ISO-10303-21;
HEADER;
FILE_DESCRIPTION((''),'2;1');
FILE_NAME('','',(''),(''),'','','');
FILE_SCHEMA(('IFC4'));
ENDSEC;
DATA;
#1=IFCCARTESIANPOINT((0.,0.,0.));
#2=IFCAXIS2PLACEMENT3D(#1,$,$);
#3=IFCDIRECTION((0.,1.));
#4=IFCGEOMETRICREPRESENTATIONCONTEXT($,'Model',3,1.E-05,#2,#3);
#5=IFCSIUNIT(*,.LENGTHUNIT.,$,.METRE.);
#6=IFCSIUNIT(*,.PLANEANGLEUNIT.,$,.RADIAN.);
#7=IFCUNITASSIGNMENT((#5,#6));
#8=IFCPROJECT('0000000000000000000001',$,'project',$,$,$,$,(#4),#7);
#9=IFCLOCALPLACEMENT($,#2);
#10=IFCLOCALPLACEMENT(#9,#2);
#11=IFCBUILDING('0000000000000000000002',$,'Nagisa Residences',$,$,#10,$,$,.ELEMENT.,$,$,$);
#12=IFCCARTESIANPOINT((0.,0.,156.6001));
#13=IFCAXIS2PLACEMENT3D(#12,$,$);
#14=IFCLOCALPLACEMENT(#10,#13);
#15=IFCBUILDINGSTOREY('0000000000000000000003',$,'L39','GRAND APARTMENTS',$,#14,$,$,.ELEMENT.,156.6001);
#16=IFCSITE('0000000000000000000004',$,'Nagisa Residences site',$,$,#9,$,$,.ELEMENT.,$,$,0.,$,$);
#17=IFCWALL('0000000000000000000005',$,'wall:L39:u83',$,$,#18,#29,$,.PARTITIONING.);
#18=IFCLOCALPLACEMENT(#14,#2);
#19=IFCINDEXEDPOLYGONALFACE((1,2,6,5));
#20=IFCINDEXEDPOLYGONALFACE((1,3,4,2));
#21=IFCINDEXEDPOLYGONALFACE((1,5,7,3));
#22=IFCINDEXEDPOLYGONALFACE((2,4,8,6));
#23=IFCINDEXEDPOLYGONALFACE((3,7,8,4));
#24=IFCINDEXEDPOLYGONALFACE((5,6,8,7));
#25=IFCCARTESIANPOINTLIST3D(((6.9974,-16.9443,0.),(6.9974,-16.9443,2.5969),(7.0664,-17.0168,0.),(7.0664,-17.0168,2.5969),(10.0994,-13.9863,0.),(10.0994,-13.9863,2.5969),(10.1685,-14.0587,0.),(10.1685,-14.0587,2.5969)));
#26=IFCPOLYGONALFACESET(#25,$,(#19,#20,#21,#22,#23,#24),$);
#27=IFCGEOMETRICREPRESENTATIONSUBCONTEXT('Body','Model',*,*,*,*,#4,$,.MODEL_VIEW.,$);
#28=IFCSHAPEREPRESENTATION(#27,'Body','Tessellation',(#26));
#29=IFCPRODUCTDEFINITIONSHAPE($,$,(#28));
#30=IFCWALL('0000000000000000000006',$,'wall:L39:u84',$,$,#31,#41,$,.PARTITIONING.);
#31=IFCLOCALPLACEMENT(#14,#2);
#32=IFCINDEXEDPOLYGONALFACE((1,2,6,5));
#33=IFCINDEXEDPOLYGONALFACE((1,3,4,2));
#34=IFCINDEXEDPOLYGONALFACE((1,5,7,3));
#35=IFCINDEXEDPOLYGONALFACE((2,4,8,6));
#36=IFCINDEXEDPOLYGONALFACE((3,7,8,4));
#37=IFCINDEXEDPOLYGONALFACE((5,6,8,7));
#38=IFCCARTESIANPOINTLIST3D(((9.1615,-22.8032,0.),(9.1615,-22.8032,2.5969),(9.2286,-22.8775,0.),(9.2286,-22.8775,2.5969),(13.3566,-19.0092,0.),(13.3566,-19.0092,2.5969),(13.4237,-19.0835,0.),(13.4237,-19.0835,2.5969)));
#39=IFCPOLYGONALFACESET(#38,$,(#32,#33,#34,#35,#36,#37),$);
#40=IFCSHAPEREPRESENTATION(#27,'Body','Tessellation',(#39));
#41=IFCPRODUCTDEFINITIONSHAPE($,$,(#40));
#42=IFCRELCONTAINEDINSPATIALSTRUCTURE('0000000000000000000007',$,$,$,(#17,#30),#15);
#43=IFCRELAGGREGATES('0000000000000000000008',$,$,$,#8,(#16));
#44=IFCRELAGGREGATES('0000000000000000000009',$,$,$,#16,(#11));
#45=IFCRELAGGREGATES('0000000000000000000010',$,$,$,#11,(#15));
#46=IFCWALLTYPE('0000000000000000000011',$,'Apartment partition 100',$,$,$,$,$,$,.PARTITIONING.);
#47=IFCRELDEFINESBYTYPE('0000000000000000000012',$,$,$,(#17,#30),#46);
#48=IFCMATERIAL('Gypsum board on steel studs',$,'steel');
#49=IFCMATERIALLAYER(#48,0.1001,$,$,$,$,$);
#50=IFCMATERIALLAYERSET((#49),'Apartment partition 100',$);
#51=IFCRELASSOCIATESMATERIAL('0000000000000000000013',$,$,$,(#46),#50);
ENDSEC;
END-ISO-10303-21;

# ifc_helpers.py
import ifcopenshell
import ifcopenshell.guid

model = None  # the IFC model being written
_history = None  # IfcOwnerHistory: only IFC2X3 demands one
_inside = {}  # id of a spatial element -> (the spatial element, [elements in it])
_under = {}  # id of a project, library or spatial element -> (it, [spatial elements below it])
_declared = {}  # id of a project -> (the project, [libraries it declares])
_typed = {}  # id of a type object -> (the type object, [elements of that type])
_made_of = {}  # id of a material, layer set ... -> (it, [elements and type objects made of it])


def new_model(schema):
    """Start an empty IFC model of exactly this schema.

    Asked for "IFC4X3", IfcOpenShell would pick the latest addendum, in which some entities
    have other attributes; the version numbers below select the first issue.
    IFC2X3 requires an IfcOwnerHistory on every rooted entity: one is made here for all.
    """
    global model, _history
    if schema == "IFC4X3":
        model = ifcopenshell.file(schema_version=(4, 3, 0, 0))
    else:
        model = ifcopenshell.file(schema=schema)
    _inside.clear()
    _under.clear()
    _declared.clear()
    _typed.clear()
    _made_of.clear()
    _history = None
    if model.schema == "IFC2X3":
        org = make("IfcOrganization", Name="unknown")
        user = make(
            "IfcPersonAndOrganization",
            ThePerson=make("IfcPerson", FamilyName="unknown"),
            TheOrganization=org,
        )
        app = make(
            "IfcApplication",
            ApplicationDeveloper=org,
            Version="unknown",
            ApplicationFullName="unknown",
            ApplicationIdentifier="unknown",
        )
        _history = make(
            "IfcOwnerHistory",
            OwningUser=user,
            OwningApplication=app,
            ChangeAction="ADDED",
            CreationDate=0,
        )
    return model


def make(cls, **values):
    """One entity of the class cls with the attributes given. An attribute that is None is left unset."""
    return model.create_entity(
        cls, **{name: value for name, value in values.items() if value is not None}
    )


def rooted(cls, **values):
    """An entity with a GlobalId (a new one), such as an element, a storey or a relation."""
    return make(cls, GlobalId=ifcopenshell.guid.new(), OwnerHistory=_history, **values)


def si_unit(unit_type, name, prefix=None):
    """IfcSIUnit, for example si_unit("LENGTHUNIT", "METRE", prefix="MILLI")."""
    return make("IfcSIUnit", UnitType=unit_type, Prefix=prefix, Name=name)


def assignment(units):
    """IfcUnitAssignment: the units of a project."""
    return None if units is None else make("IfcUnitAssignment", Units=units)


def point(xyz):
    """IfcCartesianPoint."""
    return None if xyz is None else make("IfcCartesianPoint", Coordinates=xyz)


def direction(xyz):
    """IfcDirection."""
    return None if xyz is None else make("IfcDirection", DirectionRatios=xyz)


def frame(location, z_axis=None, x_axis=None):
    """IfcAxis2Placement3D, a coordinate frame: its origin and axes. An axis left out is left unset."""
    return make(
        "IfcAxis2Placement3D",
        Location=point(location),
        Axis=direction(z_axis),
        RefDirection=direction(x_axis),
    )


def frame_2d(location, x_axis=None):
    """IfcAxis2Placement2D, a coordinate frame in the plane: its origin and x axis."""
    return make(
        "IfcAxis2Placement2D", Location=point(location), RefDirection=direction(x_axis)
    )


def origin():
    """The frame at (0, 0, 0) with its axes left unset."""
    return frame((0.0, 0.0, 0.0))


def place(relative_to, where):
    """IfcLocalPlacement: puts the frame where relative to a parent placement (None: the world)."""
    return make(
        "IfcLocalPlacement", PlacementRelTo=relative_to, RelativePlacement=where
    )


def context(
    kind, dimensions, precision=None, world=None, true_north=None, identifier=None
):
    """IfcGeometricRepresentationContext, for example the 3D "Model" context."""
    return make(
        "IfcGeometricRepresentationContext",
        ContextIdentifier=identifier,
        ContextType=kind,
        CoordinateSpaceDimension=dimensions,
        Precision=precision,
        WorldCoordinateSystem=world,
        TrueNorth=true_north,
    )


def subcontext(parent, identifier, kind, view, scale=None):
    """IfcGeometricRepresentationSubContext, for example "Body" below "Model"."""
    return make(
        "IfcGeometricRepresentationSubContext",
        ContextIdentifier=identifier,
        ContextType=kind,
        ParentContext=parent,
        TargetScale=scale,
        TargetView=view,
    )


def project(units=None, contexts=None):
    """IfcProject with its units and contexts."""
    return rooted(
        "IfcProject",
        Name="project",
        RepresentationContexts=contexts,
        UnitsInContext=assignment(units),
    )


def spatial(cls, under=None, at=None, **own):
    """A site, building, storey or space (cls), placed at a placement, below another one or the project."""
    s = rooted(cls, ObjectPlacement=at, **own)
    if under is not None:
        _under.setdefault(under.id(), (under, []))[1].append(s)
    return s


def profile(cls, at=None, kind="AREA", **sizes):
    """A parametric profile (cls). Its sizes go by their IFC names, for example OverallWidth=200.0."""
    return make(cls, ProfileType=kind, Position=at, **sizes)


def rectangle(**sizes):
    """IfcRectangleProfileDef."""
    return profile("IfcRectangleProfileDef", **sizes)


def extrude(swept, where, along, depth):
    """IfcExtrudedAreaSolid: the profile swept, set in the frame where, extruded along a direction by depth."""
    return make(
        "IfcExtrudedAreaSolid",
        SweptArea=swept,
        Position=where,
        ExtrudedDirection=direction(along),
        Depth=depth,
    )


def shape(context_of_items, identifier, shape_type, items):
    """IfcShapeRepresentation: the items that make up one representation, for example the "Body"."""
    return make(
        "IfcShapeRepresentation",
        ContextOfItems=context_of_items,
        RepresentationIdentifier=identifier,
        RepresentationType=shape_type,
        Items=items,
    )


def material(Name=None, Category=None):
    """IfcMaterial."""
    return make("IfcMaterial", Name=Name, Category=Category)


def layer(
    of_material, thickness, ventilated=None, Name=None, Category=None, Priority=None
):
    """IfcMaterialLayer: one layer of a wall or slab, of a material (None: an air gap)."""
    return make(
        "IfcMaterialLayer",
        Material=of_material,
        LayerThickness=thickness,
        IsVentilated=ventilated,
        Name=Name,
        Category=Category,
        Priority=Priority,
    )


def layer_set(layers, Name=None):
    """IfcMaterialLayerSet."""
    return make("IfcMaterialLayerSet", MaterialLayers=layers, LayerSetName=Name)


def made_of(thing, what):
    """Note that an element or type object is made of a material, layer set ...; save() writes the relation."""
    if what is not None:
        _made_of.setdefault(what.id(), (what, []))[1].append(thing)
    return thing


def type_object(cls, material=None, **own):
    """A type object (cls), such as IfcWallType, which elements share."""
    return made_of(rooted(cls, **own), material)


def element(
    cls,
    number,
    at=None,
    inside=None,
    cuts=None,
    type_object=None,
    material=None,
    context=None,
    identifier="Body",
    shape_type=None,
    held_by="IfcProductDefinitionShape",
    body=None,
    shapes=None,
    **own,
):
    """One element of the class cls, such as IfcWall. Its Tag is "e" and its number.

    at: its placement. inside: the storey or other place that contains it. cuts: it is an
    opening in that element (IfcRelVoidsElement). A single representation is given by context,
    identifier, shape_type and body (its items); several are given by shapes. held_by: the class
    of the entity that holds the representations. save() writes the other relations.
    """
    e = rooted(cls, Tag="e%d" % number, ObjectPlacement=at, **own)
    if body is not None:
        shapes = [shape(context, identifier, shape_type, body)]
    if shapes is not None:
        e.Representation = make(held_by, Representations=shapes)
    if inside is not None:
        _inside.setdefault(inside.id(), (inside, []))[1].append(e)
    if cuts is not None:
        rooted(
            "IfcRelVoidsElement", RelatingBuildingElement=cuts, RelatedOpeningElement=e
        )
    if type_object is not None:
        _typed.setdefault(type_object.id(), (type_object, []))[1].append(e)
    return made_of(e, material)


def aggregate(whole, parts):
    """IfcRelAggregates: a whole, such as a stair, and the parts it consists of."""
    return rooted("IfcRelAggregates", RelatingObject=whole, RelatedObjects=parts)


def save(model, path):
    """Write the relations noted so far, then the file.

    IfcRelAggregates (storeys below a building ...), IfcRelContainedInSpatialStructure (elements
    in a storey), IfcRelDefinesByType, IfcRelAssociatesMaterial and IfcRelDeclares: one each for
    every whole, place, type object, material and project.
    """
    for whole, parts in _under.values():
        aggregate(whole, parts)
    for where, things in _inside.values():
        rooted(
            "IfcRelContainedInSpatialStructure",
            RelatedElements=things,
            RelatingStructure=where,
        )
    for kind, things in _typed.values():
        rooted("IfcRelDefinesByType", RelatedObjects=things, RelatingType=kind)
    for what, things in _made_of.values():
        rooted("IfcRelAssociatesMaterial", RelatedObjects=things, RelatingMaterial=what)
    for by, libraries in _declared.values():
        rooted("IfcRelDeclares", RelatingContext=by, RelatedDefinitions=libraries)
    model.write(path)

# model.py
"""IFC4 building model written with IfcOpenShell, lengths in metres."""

from ifc_helpers import new_model, si_unit, direction, frame, frame_2d, origin, place, context, subcontext, project, spatial, rectangle, extrude, material, layer, layer_set, type_object, element, save


model = new_model("IFC4")

# Units and contexts
model_context = context("Model", 3, precision=1e-05, world=origin(), true_north=direction((0.0, 1.0)))
body_context = subcontext(model_context, "Body", "Model", "MODEL_VIEW")
ifc_project = project(units=[si_unit("LENGTHUNIT", "METRE"), si_unit("PLANEANGLEUNIT", "RADIAN")], contexts=[model_context])

# Site, building, storey
site_placement = place(None, origin())
site = spatial("IfcSite", under=ifc_project, at=site_placement, Name="Nagisa Residences site", CompositionType="ELEMENT", RefElevation=0.0)
building_placement = place(site_placement, origin())
building = spatial("IfcBuilding", under=site, at=building_placement, Name="Nagisa Residences", CompositionType="ELEMENT")
storey_placement = place(building_placement, frame((0.0, 0.0, 156.6001)))
storey = spatial("IfcBuildingStorey", under=building, at=storey_placement, Name="L39", Description="GRAND APARTMENTS", CompositionType="ELEMENT", Elevation=156.6001)

# Shared definitions
ifc_material_1 = material(Name="Gypsum board on steel studs", Category="steel")
ifc_layer_1 = layer(ifc_material_1, 0.1001)
ifc_layer_set_1 = layer_set([ifc_layer_1], Name="Apartment partition 100")
wall_type_1 = type_object("IfcWallType", Name="Apartment partition 100", PredefinedType="PARTITIONING", material=ifc_layer_set_1)

# Walls
wall_1_placement = place(storey_placement, frame((7.032, -16.9805, 0.0), z_axis=(0.0, 0.0, 1.0), x_axis=(0.72371, 0.690104, 0.0)))
element("IfcWall", 1, at=wall_1_placement, inside=storey, type_object=wall_type_1, Name="wall:L39:u83", PredefinedType="PARTITIONING", context=body_context, shape_type="SweptSolid", body=[
    extrude(rectangle(XDim=4.2864, YDim=0.1001, at=frame_2d((2.1431, 0.0))), origin(), (0.0, 0.0, 1.0), 2.5969),
])
wall_2_placement = place(storey_placement, frame((9.1951, -22.8403, 0.0), z_axis=(0.0, 0.0, 1.0), x_axis=(0.741676, 0.670758, 0.0)))
element("IfcWall", 2, at=wall_2_placement, inside=storey, type_object=wall_type_1, Name="wall:L39:u84", PredefinedType="PARTITIONING", context=body_context, shape_type="SweptSolid", body=[
    extrude(rectangle(XDim=5.6562, YDim=0.1001, at=frame_2d((2.8281, 0.0))), origin(), (0.0, 0.0, 1.0), 2.5969),
])

save(model, "model.ifc")
